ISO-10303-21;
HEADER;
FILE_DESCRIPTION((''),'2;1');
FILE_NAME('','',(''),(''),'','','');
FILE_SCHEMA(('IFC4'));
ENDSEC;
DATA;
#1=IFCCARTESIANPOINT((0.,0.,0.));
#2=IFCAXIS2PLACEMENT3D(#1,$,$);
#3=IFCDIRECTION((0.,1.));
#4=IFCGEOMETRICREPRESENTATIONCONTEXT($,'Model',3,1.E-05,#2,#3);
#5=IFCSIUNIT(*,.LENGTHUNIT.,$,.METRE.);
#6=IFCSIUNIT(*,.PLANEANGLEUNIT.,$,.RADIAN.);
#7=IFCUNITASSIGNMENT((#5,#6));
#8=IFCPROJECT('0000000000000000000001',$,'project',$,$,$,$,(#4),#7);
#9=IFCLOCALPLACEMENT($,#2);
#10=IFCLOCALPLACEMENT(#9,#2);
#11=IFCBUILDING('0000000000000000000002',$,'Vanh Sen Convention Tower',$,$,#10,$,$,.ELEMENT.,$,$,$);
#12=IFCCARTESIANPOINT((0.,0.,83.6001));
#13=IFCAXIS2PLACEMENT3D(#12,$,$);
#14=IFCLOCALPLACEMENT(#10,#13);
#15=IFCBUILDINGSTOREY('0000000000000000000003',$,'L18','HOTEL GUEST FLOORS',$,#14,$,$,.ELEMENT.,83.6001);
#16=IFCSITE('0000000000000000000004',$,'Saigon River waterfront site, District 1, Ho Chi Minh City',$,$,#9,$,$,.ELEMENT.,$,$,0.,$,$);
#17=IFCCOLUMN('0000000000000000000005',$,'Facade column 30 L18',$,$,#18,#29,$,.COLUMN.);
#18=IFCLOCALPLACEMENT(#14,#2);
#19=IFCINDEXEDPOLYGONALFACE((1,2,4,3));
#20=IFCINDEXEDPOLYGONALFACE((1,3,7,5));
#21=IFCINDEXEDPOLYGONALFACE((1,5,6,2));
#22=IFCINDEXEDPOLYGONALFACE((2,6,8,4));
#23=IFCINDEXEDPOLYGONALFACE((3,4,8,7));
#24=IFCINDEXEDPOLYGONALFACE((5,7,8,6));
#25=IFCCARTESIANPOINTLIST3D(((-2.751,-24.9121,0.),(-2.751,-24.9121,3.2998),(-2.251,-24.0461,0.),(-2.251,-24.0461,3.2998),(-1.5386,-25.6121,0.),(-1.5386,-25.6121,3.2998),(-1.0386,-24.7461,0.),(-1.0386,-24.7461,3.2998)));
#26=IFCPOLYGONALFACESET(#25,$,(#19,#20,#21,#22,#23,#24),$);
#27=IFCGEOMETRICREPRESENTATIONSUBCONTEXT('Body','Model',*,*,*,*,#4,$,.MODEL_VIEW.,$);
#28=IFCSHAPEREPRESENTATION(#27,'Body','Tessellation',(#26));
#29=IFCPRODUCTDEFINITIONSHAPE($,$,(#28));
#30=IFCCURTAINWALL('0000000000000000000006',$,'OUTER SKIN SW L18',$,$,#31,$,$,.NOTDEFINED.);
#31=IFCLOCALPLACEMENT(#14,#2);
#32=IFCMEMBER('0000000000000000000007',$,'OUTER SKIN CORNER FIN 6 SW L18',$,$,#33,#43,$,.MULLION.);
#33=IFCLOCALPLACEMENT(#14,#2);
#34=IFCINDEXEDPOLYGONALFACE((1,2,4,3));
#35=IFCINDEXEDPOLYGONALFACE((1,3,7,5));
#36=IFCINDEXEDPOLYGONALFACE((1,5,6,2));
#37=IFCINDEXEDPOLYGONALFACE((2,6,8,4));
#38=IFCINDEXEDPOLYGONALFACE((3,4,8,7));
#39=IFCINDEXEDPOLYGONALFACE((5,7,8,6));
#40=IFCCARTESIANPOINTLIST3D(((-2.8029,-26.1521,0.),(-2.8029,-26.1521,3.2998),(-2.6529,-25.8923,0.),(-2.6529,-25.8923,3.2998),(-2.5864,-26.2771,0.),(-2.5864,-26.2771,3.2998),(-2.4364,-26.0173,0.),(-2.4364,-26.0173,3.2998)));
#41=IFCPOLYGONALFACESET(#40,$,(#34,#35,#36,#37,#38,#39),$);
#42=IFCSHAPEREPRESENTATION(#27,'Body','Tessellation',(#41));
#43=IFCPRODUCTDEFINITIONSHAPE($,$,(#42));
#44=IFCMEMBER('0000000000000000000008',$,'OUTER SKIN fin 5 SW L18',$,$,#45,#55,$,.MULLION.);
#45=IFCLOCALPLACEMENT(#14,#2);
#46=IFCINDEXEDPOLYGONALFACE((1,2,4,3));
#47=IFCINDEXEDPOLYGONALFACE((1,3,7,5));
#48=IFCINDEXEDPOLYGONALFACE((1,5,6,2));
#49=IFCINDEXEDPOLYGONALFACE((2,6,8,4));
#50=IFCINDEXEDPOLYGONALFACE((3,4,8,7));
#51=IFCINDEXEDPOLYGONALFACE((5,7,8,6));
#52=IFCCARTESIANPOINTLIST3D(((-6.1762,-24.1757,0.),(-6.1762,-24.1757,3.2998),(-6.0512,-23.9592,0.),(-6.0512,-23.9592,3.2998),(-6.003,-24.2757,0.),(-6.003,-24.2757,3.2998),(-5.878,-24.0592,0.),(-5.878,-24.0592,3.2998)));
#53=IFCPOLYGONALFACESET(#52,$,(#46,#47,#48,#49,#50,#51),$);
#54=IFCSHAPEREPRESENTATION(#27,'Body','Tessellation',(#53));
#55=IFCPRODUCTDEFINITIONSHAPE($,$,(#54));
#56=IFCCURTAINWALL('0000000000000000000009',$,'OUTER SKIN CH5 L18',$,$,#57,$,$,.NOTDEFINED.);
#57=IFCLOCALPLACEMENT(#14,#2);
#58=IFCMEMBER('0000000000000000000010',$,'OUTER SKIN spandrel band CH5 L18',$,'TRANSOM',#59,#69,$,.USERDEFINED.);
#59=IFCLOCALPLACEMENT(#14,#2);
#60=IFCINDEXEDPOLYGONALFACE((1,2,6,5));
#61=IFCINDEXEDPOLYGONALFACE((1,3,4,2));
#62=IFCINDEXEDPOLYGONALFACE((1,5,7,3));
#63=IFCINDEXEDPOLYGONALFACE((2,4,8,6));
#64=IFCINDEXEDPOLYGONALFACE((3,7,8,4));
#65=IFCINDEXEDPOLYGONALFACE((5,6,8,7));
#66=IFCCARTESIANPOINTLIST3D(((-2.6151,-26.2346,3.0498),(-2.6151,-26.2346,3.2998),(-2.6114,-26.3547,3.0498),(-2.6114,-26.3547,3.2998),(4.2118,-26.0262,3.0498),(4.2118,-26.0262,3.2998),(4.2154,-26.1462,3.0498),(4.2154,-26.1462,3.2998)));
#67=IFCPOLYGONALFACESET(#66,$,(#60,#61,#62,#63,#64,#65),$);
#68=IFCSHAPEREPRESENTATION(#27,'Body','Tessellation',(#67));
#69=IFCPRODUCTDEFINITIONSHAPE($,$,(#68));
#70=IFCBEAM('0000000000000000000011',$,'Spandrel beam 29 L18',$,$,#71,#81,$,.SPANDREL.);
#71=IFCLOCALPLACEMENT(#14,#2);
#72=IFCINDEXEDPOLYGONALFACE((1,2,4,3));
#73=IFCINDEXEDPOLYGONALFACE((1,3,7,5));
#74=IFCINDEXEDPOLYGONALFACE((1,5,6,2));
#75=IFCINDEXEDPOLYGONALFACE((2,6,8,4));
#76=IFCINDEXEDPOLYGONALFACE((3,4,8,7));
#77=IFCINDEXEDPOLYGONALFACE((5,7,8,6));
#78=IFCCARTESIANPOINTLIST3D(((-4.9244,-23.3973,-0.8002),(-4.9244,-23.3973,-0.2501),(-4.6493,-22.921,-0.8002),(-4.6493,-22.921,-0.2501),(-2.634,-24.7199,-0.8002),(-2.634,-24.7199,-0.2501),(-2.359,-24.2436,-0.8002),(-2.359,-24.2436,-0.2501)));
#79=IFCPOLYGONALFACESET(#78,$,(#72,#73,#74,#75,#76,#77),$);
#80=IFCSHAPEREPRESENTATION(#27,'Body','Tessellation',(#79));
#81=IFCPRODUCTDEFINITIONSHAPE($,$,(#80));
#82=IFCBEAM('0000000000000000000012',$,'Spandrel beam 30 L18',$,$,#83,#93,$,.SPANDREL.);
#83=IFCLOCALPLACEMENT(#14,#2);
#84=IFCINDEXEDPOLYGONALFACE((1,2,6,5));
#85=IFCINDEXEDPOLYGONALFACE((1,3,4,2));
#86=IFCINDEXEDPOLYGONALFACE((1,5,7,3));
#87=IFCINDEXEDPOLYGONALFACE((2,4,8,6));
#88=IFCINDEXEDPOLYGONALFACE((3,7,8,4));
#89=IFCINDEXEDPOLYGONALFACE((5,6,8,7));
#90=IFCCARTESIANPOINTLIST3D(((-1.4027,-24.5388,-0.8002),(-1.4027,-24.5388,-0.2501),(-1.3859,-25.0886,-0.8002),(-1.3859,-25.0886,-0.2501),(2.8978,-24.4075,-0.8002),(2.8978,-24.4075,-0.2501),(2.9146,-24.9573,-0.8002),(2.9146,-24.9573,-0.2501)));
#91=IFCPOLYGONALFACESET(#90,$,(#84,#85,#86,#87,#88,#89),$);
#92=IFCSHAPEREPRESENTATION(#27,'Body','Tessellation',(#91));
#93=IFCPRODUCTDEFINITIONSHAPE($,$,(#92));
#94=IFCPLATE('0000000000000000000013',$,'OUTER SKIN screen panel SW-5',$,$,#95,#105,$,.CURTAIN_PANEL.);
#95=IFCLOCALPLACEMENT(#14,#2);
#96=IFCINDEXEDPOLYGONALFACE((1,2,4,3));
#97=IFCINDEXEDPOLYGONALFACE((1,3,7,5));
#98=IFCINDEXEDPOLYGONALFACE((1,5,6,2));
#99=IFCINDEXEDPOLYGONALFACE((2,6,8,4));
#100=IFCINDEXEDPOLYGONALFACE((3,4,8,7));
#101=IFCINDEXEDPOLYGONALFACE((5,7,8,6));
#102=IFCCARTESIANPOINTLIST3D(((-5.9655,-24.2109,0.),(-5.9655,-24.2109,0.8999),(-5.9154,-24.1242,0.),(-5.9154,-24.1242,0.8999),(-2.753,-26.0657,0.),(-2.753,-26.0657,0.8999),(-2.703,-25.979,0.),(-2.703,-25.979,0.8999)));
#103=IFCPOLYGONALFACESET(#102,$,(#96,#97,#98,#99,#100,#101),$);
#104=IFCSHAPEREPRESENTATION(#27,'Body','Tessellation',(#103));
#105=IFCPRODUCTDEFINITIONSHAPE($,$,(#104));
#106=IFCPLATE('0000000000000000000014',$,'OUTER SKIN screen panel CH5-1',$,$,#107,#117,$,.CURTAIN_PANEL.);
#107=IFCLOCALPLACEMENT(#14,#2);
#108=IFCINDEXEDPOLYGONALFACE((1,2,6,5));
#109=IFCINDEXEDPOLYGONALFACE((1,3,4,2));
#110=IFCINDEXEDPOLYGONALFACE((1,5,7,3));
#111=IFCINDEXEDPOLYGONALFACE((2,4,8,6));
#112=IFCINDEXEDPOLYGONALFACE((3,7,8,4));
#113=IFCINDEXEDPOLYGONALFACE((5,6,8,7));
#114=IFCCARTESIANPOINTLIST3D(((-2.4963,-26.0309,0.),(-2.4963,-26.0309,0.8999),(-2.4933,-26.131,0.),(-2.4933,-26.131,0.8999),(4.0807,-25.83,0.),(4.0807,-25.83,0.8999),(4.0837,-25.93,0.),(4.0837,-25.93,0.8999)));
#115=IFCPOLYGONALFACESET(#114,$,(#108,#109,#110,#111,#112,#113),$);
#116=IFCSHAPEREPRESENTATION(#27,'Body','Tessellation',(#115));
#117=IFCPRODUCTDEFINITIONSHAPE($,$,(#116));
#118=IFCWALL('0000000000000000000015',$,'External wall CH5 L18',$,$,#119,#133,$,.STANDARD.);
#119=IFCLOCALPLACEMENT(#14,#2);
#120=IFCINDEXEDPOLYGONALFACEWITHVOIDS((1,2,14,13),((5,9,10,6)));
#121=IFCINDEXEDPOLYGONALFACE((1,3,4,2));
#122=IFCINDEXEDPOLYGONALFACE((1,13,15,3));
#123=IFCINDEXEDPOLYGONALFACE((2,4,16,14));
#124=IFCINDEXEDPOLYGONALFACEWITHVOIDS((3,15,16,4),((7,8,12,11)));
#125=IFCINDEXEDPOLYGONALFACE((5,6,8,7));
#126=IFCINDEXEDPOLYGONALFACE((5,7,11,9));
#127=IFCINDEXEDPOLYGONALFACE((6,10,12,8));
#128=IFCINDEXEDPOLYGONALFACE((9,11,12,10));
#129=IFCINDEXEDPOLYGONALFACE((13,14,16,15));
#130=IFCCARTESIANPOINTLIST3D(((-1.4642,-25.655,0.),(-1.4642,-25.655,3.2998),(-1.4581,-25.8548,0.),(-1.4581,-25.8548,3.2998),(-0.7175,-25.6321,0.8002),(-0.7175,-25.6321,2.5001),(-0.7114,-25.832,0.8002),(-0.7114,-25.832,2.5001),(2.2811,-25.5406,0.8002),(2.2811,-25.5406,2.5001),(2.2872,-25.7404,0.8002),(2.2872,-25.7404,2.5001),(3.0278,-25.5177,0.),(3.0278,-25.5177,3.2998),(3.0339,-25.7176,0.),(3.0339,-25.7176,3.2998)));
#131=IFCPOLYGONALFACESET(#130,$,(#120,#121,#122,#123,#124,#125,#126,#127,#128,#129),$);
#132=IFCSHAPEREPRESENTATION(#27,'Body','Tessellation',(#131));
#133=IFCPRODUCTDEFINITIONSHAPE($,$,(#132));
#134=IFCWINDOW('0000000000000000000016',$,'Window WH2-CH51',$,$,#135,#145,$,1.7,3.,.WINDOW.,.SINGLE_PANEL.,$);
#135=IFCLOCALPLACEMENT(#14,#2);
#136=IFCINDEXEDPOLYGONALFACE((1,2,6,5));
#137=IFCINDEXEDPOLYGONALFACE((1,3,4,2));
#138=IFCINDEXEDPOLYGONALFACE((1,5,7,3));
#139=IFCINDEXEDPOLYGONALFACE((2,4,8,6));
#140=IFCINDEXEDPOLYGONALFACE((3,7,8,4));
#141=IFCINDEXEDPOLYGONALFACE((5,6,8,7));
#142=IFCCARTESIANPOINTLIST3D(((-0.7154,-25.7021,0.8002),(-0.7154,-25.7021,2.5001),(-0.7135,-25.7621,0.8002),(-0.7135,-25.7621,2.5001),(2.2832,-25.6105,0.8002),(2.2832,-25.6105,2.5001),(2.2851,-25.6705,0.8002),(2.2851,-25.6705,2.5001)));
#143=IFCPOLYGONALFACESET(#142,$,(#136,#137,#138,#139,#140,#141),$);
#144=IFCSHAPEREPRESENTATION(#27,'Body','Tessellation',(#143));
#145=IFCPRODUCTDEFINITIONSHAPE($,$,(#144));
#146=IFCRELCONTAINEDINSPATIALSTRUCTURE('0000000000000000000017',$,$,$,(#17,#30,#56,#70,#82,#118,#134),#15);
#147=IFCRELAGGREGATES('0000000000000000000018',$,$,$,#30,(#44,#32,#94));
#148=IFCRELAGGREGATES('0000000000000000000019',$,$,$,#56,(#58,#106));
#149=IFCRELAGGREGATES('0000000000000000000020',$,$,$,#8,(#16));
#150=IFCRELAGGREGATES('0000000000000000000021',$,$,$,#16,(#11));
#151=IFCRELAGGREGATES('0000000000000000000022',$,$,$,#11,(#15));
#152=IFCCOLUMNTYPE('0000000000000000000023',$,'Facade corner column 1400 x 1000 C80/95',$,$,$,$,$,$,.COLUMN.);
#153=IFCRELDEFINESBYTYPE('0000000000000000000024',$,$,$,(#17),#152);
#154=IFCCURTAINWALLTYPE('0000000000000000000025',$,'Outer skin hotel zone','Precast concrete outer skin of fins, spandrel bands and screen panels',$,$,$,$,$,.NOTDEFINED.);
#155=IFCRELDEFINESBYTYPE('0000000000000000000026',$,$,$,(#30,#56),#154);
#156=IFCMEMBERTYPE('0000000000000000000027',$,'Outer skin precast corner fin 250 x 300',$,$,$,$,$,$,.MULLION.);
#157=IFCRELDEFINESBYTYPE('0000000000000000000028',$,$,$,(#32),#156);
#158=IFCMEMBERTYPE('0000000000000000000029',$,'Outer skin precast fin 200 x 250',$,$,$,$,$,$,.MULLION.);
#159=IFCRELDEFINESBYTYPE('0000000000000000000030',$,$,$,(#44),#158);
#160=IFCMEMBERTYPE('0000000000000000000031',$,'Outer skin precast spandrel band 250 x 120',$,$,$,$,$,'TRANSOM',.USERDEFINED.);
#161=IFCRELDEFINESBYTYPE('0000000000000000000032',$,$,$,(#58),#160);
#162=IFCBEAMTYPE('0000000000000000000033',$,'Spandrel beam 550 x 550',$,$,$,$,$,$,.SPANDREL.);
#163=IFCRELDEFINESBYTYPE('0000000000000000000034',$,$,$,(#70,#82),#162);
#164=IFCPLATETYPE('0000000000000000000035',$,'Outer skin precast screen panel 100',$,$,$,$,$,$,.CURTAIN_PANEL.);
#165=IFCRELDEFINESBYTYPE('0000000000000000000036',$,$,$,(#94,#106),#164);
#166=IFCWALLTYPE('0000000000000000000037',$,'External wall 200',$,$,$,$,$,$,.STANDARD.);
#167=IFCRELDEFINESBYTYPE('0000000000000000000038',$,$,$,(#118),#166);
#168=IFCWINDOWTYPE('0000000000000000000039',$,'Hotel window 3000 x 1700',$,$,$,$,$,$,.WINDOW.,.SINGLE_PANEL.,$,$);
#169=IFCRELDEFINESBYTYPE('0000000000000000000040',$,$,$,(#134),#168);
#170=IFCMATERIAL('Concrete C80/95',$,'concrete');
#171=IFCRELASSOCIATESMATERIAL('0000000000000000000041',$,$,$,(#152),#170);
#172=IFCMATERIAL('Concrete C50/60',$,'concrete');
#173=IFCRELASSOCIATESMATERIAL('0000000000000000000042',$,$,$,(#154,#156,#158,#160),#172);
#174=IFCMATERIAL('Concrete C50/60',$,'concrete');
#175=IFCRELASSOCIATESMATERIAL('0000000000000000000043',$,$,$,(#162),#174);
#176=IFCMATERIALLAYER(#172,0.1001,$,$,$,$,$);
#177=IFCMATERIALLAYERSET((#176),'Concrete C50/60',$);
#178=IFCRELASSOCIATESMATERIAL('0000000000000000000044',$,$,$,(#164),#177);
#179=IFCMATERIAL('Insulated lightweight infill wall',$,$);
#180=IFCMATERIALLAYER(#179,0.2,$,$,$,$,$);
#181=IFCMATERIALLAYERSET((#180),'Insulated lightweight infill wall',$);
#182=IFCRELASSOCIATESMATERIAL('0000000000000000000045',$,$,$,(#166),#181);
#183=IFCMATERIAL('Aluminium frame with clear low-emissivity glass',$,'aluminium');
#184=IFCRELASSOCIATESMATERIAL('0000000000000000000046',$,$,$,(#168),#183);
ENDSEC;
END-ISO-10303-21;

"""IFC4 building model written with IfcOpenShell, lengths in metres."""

from ifc_helpers import new_model, si_unit, direction, frame, frame_2d, origin, origin_2d, place, context, subcontext, project, spatial, rectangle, extrude, material, layer, layer_set, material_profile, profile_set, type_object, element, fill, aggregate, save


model = new_model("IFC4")

# Units and contexts
model_context = context("Model", 3, precision=1e-05, world=origin(), true_north=direction((0.0, 1.0)))
body_context = subcontext(model_context, "Body", "Model", "MODEL_VIEW")
ifc_project = project(units=[si_unit("LENGTHUNIT", "METRE"), si_unit("PLANEANGLEUNIT", "RADIAN")], contexts=[model_context])

# Site, building, storey
site_placement = place(None, origin())
site = spatial("IfcSite", under=ifc_project, at=site_placement, Name="Saigon River waterfront site, District 1, Ho Chi Minh City", CompositionType="ELEMENT", RefElevation=0.0)
building_placement = place(site_placement, origin())
building = spatial("IfcBuilding", under=site, at=building_placement, Name="Vanh Sen Convention Tower", CompositionType="ELEMENT")
storey_placement = place(building_placement, frame((0.0, 0.0, 83.6001)))
storey = spatial("IfcBuildingStorey", under=building, at=storey_placement, Name="L18", Description="HOTEL GUEST FLOORS", CompositionType="ELEMENT", Elevation=83.6001)

# Column
ifc_material_1 = material(Name="Concrete C80/95", Category="concrete")
ifc_material_profile_1 = material_profile(ifc_material_1, rectangle(XDim=1.3999, YDim=1.0, at=origin_2d()), Name="RC 1400X1000")
ifc_profile_set_1 = profile_set([ifc_material_profile_1], Name="Concrete C80/95")
column_type = type_object("IfcColumnType", Name="Facade corner column 1400 x 1000 C80/95", PredefinedType="COLUMN", material=ifc_profile_set_1)
column_placement = place(storey_placement, frame((-1.8948, -24.8291, 0.0), z_axis=(0.0, 0.0, 1.0), x_axis=(0.866025, -0.5, 0.0)))
element("IfcColumn", 1, at=column_placement, inside=storey, type_object=column_type, Name="Facade column 30 L18", PredefinedType="COLUMN", context=body_context, shape_type="SweptSolid", body=[
    extrude(rectangle(XDim=1.3999, YDim=1.0, at=origin_2d()), origin(), (0.0, 0.0, 1.0), 3.2998),
])

# Curtain wall, members
ifc_material_2 = material(Name="Concrete C50/60", Category="concrete")
curtain_wall_type = type_object("IfcCurtainWallType", Name="Outer skin hotel zone", Description="Precast concrete outer skin of fins, spandrel bands and screen panels", PredefinedType="NOTDEFINED", material=ifc_material_2)
curtain_wall_1_placement = place(storey_placement, origin())
curtain_wall_1 = element("IfcCurtainWall", 2, at=curtain_wall_1_placement, inside=storey, type_object=curtain_wall_type, Name="OUTER SKIN SW L18", PredefinedType="NOTDEFINED")
ifc_material_profile_2 = material_profile(ifc_material_2, rectangle(XDim=0.25, YDim=0.3, at=origin_2d()), Name="Outer skin precast corner fin 250 x 300")
ifc_profile_set_2 = profile_set([ifc_material_profile_2], Name="Concrete C50/60")
member_type_1 = type_object("IfcMemberType", Name="Outer skin precast corner fin 250 x 300", PredefinedType="MULLION", material=ifc_profile_set_2)
member_1_placement = place(storey_placement, frame((-2.6196, -26.0847, 0.0), z_axis=(0.0, 0.0, 1.0), x_axis=(0.866025, -0.5, 0.0)))
member_1 = element("IfcMember", 3, at=member_1_placement, type_object=member_type_1, Name="OUTER SKIN CORNER FIN 6 SW L18", PredefinedType="MULLION", context=body_context, shape_type="SweptSolid", body=[
    extrude(rectangle(XDim=0.25, YDim=0.3, at=origin_2d()), origin(), (0.0, 0.0, 1.0), 3.2998),
])
ifc_material_profile_3 = material_profile(ifc_material_2, rectangle(XDim=0.2, YDim=0.25, at=origin_2d()), Name="Outer skin precast fin 200 x 250")
ifc_profile_set_3 = profile_set([ifc_material_profile_3], Name="Concrete C50/60")
member_type_2 = type_object("IfcMemberType", Name="Outer skin precast fin 200 x 250", PredefinedType="MULLION", material=ifc_profile_set_3)
member_2_placement = place(storey_placement, frame((-6.0271, -24.1174, 0.0), z_axis=(0.0, 0.0, 1.0), x_axis=(0.866025, -0.5, 0.0)))
member_2 = element("IfcMember", 4, at=member_2_placement, type_object=member_type_2, Name="OUTER SKIN fin 5 SW L18", PredefinedType="MULLION", context=body_context, shape_type="SweptSolid", body=[
    extrude(rectangle(XDim=0.2, YDim=0.25, at=origin_2d()), origin(), (0.0, 0.0, 1.0), 3.2998),
])

# Curtain wall, member
curtain_wall_2_placement = place(storey_placement, origin())
curtain_wall_2 = element("IfcCurtainWall", 5, at=curtain_wall_2_placement, inside=storey, type_object=curtain_wall_type, Name="OUTER SKIN CH5 L18", PredefinedType="NOTDEFINED")
ifc_material_profile_4 = material_profile(ifc_material_2, rectangle(XDim=0.1201, YDim=0.25, at=origin_2d()), Name="Outer skin precast spandrel band 250 x 120")
ifc_profile_set_4 = profile_set([ifc_material_profile_4], Name="Concrete C50/60")
member_type_3 = type_object("IfcMemberType", Name="Outer skin precast spandrel band 250 x 120", ElementType="TRANSOM", PredefinedType="USERDEFINED", material=ifc_profile_set_4)
member_3_placement = place(storey_placement, frame((-2.6133, -26.2947, 3.1748), z_axis=(0.999534, 0.030526, 0.0), x_axis=(-0.030526, 0.999534, 0.0)))
member_3 = element("IfcMember", 6, at=member_3_placement, type_object=member_type_3, Name="OUTER SKIN spandrel band CH5 L18", ObjectType="TRANSOM", PredefinedType="USERDEFINED", context=body_context, shape_type="SweptSolid", body=[
    extrude(rectangle(XDim=0.1201, YDim=0.25, at=origin_2d()), origin(), (0.0, 0.0, 1.0), 6.8301),
])

# Beams
ifc_material_3 = material(Name="Concrete C50/60", Category="concrete")
ifc_material_profile_5 = material_profile(ifc_material_3, rectangle(XDim=0.55, YDim=0.55, at=origin_2d()), Name="RC 550X550")
ifc_profile_set_5 = profile_set([ifc_material_profile_5], Name="Concrete C50/60")
beam_type = type_object("IfcBeamType", Name="Spandrel beam 550 x 550", PredefinedType="SPANDREL", material=ifc_profile_set_5)
beam_1_placement = place(storey_placement, frame((-4.7869, -23.1592, -0.5251), z_axis=(0.86599, -0.500061, 0.0), x_axis=(0.500061, 0.86599, 0.0)))
element("IfcBeam", 7, at=beam_1_placement, inside=storey, type_object=beam_type, Name="Spandrel beam 29 L18", PredefinedType="SPANDREL", context=body_context, shape_type="SweptSolid", body=[
    extrude(rectangle(XDim=0.55, YDim=0.55, at=origin_2d()), origin(), (0.0, 0.0, 1.0), 2.6448),
])
beam_2_placement = place(storey_placement, frame((-1.3943, -24.8137, -0.5251), z_axis=(0.999534, 0.030528, 0.0), x_axis=(-0.030528, 0.999534, 0.0)))
element("IfcBeam", 8, at=beam_2_placement, inside=storey, type_object=beam_type, Name="Spandrel beam 30 L18", PredefinedType="SPANDREL", context=body_context, shape_type="SweptSolid", body=[
    extrude(rectangle(XDim=0.55, YDim=0.55, at=origin_2d()), origin(), (0.0, 0.0, 1.0), 4.3025),
])

# Plates
ifc_layer_1 = layer(ifc_material_2, 0.1001)
ifc_layer_set_1 = layer_set([ifc_layer_1], Name="Concrete C50/60")
plate_type = type_object("IfcPlateType", Name="Outer skin precast screen panel 100", PredefinedType="CURTAIN_PANEL", material=ifc_layer_set_1)
plate_1_placement = place(storey_placement, frame((-4.3342, -25.095, 0.0), z_axis=(0.0, 0.0, 1.0), x_axis=(0.866021, -0.500008, 0.0)))
plate_1 = element("IfcPlate", 9, at=plate_1_placement, type_object=plate_type, Name="OUTER SKIN screen panel SW-5", PredefinedType="CURTAIN_PANEL", context=body_context, shape_type="SweptSolid", body=[
    extrude(rectangle(XDim=3.7095, YDim=0.1001, at=origin_2d()), origin(), (0.0, 0.0, 1.0), 0.8999),
])
aggregate(curtain_wall_1, [member_2, member_1, plate_1])
plate_2_placement = place(storey_placement, frame((0.7937, -25.9805, 0.0), z_axis=(0.0, 0.0, 1.0), x_axis=(0.999533, 0.030542, 0.0)))
plate_2 = element("IfcPlate", 10, at=plate_2_placement, type_object=plate_type, Name="OUTER SKIN screen panel CH5-1", PredefinedType="CURTAIN_PANEL", context=body_context, shape_type="SweptSolid", body=[
    extrude(rectangle(XDim=6.5801, YDim=0.1001, at=origin_2d()), origin(), (0.0, 0.0, 1.0), 0.8999),
])
aggregate(curtain_wall_2, [member_3, plate_2])

# Wall, opening, window
ifc_material_4 = material(Name="Insulated lightweight infill wall")
ifc_layer_2 = layer(ifc_material_4, 0.2)
ifc_layer_set_2 = layer_set([ifc_layer_2], Name="Insulated lightweight infill wall")
wall_type = type_object("IfcWallType", Name="External wall 200", PredefinedType="STANDARD", material=ifc_layer_set_2)
wall_1_placement = place(storey_placement, frame((-1.4612, -25.7549, 0.0), z_axis=(0.0, 0.0, 1.0), x_axis=(0.999534, 0.030531, 0.0)))
wall_1 = element("IfcWall", 11, at=wall_1_placement, inside=storey, type_object=wall_type, Name="External wall CH5 L18", PredefinedType="STANDARD", context=body_context, shape_type="SweptSolid", body=[
    extrude(rectangle(XDim=4.4941, YDim=0.2, at=frame_2d((2.2471, 0.0))), origin(), (0.0, 0.0, 1.0), 3.2998),
])
opening_1_placement = place(wall_1_placement, frame((0.7471, 0.0, 0.8)))
opening_1 = element("IfcOpeningElement", 12, at=opening_1_placement, cuts=wall_1, PredefinedType="OPENING", context=body_context, shape_type="SweptSolid", body=[
    extrude(rectangle(XDim=3.0, YDim=1.7, at=frame_2d((1.5, 0.8501))), frame((0.0, 0.1099, 0.0), z_axis=(0.0, -1.0, 0.0), x_axis=(1.0, 0.0, 0.0)), (0.0, 0.0, 1.0), 0.22),
])
ifc_material_5 = material(Name="Aluminium frame with clear low-emissivity glass", Category="aluminium")
window_type_1 = type_object("IfcWindowType", Name="Hotel window 3000 x 1700", PartitioningType="SINGLE_PANEL", PredefinedType="WINDOW", material=ifc_material_5)
window_1_placement = place(opening_1_placement, origin())
window_1 = element("IfcWindow", 13, at=window_1_placement, inside=storey, type_object=window_type_1, Name="Window WH2-CH51", OverallHeight=1.7, OverallWidth=3.0, PartitioningType="SINGLE_PANEL", PredefinedType="WINDOW", context=body_context, shape_type="SweptSolid", body=[
    extrude(rectangle(XDim=3.0, YDim=1.7, at=frame_2d((1.5, 0.8501))), frame((0.0, 0.03, 0.0), z_axis=(0.0, -1.0, 0.0), x_axis=(1.0, 0.0, 0.0)), (0.0, 0.0, 1.0), 0.0601),
])
fill(opening_1, window_1)

save(model, "model.ifc")
